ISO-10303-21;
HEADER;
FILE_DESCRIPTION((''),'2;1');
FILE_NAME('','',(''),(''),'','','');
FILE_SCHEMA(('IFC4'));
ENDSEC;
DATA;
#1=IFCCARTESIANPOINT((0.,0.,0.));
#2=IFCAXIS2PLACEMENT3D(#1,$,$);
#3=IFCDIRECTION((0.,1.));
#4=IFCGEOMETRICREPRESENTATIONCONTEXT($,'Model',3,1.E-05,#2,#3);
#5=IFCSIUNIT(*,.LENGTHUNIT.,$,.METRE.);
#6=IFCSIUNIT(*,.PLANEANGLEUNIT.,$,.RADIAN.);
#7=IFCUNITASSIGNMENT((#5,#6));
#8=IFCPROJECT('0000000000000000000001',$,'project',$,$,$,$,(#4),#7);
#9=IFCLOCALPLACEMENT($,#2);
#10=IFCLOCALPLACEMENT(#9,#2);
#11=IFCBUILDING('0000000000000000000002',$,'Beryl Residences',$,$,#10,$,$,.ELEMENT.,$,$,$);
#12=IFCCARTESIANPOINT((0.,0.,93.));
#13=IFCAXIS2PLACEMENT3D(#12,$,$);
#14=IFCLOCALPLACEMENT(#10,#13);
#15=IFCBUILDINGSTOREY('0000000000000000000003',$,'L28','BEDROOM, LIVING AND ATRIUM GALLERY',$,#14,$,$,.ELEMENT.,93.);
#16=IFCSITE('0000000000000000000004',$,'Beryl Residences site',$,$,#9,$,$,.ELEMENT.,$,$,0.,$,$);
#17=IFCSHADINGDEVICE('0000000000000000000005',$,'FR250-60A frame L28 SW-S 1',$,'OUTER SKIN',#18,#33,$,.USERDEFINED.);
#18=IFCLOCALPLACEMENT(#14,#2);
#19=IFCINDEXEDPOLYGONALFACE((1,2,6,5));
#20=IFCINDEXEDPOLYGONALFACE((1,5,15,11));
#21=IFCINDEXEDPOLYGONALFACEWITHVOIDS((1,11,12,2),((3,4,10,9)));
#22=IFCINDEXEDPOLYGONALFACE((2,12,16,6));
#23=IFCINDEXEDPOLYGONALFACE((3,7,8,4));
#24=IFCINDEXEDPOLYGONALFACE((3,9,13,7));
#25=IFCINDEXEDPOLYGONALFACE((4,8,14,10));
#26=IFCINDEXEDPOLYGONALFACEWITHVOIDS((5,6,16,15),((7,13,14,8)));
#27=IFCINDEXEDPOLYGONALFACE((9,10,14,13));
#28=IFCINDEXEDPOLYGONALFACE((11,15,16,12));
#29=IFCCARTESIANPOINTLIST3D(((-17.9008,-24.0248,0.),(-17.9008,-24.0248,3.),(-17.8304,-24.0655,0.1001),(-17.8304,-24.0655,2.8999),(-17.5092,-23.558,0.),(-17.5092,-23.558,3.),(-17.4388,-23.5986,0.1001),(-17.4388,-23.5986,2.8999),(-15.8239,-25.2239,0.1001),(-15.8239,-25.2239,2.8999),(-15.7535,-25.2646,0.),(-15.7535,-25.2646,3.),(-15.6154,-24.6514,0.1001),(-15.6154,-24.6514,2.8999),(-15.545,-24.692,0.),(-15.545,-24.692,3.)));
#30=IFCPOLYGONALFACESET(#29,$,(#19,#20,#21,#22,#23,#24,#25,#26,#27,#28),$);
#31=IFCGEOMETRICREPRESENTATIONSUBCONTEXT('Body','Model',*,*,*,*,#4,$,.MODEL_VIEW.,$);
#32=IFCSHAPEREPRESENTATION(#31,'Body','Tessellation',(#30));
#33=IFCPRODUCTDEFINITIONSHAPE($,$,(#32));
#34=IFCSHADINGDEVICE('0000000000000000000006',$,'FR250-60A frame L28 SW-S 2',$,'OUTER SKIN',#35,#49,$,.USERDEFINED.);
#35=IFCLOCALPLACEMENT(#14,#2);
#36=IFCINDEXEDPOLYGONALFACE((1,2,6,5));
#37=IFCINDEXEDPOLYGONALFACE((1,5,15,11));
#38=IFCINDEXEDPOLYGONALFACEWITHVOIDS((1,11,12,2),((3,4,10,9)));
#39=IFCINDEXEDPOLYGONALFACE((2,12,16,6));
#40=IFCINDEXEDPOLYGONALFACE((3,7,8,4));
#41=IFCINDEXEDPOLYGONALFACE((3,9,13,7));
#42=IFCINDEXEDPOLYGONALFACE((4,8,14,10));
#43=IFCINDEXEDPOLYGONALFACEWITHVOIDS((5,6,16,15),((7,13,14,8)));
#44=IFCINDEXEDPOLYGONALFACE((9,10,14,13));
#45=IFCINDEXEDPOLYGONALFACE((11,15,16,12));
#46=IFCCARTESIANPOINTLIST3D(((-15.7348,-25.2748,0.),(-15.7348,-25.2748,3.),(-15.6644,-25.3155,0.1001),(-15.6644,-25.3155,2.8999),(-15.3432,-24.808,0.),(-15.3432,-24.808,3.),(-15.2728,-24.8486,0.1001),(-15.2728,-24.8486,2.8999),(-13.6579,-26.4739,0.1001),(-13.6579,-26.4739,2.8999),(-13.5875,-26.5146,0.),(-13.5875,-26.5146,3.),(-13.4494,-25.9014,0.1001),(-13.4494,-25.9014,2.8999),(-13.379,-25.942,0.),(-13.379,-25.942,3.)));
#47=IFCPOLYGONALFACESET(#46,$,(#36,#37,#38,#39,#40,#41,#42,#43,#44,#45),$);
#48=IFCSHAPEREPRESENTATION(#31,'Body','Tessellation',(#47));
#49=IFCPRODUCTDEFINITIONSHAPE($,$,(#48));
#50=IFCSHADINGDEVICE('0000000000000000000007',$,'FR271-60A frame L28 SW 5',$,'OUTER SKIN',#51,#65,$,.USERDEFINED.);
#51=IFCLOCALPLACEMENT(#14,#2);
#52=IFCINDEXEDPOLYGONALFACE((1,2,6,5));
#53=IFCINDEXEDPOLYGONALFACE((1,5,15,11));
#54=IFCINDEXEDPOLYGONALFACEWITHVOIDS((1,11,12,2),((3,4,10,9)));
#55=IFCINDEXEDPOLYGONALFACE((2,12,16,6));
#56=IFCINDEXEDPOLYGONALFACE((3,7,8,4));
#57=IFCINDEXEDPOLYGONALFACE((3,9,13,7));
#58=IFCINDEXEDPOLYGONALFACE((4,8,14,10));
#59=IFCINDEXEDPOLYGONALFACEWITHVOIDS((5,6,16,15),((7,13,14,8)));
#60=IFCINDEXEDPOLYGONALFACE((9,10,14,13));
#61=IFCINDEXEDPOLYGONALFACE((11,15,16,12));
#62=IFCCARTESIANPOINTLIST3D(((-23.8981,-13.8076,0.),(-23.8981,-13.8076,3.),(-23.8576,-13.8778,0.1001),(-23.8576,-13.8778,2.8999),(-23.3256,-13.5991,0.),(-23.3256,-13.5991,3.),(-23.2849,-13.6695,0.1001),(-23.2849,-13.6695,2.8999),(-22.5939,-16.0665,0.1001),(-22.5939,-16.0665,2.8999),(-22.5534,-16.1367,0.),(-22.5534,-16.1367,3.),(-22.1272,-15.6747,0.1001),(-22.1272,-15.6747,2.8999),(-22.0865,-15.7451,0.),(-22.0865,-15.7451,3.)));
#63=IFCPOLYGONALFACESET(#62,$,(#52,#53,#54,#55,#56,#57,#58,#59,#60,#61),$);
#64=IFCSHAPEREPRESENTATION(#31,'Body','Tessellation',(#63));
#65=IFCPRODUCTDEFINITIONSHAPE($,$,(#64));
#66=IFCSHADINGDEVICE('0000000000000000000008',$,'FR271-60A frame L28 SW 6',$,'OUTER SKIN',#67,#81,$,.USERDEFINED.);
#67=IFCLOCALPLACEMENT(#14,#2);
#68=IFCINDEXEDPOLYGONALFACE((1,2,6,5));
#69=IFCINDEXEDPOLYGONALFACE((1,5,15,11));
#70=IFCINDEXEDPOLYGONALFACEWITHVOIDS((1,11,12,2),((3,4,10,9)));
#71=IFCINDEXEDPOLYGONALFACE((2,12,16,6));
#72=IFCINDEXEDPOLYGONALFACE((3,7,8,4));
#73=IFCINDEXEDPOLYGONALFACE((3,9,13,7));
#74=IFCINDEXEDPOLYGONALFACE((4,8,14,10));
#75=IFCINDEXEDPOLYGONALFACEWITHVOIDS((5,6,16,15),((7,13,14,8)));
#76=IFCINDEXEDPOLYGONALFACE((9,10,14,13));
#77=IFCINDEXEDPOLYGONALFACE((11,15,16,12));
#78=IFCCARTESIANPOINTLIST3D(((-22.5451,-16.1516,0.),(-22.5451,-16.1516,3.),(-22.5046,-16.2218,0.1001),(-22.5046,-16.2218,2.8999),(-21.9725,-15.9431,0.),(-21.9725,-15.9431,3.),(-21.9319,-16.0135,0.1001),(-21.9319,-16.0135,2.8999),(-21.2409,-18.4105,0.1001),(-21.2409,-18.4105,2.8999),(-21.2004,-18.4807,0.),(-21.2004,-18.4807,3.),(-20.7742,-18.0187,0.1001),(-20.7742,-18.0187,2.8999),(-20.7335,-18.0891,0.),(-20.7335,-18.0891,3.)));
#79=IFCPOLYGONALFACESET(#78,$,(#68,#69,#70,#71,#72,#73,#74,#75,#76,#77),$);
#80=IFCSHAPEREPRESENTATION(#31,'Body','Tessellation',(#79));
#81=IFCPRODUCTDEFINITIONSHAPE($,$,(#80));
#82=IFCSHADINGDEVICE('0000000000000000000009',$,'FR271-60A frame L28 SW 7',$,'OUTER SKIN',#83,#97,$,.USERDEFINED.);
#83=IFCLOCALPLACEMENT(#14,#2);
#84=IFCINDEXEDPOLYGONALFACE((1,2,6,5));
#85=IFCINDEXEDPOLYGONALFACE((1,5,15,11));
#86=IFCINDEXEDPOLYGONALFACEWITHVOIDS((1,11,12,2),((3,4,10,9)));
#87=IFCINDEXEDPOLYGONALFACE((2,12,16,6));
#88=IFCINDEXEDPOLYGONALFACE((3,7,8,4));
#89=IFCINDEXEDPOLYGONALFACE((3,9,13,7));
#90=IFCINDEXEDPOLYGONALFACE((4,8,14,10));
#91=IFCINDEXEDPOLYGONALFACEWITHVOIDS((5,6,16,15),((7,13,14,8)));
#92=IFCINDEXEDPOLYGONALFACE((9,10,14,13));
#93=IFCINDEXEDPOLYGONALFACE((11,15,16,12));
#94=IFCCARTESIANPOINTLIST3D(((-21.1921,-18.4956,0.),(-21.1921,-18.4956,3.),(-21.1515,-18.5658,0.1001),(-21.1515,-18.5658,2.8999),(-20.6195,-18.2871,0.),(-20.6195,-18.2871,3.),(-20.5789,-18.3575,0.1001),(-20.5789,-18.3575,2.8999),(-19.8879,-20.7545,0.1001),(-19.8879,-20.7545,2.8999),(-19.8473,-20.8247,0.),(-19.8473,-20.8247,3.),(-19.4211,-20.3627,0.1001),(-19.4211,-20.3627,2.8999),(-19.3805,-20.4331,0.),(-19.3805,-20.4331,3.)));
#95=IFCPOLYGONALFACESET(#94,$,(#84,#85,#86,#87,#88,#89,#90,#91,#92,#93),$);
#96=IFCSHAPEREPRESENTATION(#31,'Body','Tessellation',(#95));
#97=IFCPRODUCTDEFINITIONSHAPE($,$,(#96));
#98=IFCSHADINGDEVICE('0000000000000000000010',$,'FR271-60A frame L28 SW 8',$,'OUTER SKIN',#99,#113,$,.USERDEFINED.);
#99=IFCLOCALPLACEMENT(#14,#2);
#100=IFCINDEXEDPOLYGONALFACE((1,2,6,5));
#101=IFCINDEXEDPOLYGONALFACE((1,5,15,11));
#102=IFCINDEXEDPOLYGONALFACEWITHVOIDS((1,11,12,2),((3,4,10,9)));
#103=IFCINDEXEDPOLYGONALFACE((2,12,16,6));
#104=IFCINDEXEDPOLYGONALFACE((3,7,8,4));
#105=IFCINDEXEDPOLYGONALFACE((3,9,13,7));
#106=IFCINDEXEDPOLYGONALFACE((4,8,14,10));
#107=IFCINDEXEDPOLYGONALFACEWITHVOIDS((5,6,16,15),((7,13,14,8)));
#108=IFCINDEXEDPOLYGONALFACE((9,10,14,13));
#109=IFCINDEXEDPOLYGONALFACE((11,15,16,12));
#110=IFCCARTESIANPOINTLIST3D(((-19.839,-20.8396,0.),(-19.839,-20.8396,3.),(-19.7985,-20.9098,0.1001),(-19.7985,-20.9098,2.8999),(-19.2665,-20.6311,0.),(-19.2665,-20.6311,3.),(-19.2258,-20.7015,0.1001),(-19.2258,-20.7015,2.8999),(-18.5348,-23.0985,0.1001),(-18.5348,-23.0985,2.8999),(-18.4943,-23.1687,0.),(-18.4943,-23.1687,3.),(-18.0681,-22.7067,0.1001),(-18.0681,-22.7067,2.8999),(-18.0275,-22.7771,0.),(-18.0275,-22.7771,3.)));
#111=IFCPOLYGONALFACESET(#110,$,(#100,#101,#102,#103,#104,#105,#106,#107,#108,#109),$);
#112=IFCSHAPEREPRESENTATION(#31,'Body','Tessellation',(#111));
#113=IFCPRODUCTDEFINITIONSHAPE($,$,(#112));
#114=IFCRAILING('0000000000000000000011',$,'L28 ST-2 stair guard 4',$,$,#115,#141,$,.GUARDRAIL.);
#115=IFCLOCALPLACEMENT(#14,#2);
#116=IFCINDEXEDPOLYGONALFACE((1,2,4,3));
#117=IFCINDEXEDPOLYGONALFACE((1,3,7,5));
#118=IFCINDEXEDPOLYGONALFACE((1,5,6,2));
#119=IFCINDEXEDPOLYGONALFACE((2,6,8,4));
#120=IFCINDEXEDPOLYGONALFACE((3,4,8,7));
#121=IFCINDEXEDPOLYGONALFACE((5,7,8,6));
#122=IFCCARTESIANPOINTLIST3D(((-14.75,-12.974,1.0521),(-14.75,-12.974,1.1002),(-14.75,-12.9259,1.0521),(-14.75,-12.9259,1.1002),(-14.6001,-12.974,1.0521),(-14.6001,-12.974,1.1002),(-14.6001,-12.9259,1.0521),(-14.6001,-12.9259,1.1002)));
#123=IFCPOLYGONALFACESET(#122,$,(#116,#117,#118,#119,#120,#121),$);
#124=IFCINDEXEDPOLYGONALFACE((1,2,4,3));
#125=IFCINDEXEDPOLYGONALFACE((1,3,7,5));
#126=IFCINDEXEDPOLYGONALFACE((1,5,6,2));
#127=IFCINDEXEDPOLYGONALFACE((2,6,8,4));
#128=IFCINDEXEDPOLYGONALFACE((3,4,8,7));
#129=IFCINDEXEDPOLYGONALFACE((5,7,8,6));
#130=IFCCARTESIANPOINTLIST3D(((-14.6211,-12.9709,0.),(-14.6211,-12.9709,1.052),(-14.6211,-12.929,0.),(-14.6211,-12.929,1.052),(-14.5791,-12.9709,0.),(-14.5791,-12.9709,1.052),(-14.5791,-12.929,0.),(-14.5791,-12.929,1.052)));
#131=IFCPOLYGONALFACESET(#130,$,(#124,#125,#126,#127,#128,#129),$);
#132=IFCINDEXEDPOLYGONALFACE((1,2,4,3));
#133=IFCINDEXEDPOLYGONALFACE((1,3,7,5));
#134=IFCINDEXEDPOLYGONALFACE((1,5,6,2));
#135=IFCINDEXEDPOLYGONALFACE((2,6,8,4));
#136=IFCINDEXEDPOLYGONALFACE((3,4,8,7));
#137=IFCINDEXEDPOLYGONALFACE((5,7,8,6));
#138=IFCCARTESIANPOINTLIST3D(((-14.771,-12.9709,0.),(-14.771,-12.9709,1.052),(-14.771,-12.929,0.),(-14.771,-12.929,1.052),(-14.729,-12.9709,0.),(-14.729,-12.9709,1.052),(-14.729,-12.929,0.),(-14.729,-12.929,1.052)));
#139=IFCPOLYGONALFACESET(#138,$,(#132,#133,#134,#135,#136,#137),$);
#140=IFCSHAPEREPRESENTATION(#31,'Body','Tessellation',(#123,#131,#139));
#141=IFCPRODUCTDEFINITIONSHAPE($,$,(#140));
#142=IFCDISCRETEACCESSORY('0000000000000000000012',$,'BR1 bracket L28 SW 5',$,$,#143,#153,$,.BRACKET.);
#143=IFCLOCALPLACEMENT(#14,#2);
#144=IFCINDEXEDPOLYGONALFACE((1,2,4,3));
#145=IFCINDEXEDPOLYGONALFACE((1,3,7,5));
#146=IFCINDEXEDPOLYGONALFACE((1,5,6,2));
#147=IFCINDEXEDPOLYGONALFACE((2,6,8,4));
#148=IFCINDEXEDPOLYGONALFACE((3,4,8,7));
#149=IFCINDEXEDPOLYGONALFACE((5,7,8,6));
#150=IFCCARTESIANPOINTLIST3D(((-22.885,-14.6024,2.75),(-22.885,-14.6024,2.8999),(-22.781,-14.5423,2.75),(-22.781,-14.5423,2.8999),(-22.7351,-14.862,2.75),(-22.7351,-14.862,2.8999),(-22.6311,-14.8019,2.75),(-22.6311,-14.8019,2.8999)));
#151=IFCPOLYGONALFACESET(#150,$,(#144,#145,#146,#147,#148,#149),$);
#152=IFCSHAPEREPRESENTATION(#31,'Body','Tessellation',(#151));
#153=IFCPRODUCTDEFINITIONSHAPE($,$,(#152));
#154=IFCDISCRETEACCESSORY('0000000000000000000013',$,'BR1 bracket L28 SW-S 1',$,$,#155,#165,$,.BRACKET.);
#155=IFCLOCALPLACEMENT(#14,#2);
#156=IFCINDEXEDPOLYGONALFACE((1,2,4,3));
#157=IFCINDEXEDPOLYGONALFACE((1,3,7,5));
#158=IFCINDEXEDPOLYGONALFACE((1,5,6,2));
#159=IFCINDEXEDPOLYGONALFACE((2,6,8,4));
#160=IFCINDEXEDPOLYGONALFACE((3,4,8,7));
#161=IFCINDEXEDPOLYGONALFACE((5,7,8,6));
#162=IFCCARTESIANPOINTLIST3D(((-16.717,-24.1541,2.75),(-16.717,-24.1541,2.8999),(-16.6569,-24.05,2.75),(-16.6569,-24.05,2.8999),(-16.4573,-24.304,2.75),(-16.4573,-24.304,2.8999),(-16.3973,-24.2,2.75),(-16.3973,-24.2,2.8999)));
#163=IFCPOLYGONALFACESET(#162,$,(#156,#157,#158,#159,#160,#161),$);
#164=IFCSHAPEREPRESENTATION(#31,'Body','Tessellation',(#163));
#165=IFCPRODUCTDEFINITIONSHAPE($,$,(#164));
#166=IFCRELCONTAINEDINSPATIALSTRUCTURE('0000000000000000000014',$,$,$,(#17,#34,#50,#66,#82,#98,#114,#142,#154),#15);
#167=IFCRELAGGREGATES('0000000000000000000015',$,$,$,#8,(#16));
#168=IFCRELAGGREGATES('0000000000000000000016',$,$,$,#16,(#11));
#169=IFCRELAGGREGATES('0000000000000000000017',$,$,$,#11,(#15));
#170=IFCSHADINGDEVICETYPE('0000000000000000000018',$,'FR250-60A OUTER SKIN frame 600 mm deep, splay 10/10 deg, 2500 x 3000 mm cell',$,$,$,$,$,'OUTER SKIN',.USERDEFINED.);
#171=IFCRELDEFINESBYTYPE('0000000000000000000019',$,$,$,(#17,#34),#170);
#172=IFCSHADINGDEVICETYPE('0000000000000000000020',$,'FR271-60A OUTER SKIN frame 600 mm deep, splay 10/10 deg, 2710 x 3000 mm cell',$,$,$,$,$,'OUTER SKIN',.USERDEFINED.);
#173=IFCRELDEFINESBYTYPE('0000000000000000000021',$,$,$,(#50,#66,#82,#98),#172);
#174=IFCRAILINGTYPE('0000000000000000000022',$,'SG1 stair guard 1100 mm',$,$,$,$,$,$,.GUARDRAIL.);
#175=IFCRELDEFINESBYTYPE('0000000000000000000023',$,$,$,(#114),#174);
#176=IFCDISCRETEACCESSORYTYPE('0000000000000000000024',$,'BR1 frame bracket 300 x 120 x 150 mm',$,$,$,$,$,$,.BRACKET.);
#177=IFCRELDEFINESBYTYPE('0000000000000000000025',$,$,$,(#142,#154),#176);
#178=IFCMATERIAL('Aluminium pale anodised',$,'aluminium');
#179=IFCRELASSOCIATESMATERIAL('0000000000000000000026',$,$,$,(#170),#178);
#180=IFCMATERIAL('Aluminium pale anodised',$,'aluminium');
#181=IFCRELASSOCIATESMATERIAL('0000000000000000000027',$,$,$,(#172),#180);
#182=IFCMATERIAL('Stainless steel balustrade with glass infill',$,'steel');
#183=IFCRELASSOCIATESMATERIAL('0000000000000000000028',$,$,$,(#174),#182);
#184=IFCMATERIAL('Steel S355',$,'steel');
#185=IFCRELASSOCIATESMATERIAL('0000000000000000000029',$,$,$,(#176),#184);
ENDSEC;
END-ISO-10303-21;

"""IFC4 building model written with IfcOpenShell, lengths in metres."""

from ifc_helpers import new_model, entity, si_unit, direction, frame, origin, origin_2d, place, context, subcontext, project, spatial, polyline, rectangle, outline, extrude, source, transform, mapped, material, type_object, type_shapes, element, save


model = new_model("IFC4")

# Units and contexts
model_context = context("Model", 3, precision=1e-05, world=origin(), true_north=direction((0.0, 1.0)))
body_context = subcontext(model_context, "Body", "Model", "MODEL_VIEW")
ifc_project = project(units=[si_unit("LENGTHUNIT", "METRE"), si_unit("PLANEANGLEUNIT", "RADIAN")], contexts=[model_context])

# Site, building, storey
site_placement = place(None, origin())
site = spatial("IfcSite", under=ifc_project, at=site_placement, Name="Beryl Residences site", CompositionType="ELEMENT", RefElevation=0.0)
building_placement = place(site_placement, origin())
building = spatial("IfcBuilding", under=site, at=building_placement, Name="Beryl Residences", CompositionType="ELEMENT")
storey_placement = place(building_placement, frame((0.0, 0.0, 93.0)))
storey = spatial("IfcBuildingStorey", under=building, at=storey_placement, Name="L28", Description="BEDROOM, LIVING AND ATRIUM GALLERY", CompositionType="ELEMENT", Elevation=93.0)

# Shading devices
ifc_material_1 = material(Name="Aluminium pale anodised", Category="aluminium")
shading_device_type_1 = type_object("IfcShadingDeviceType", Name="FR250-60A OUTER SKIN frame 600 mm deep, splay 10/10 deg, 2500 x 3000 mm cell", ElementType="OUTER SKIN", PredefinedType="USERDEFINED", material=ifc_material_1)
cartesian_point_1 = entity("IfcCartesianPoint", [-1.134, 0.0])
cartesian_point_2 = entity("IfcCartesianPoint", [-1.0527, 0.1001])
cartesian_point_3 = entity("IfcCartesianPoint", [-1.2397, 0.0])
cartesian_point_4 = entity("IfcCartesianPoint", [-1.1584, 0.1001])
shared_shape_1 = source(origin(), body_context, "Body", "SweptSolid", [
    entity("IfcExtrudedAreaSolidTapered", entity("IfcArbitraryProfileDefWithVoids", "AREA", None, entity("IfcPolyline", [cartesian_point_1, entity("IfcCartesianPoint", [1.134, 0.0]), entity("IfcCartesianPoint", [1.134, 3.0]), entity("IfcCartesianPoint", [-1.134, 3.0]), cartesian_point_1]), [entity("IfcPolyline", [cartesian_point_2, entity("IfcCartesianPoint", [1.0527, 0.1001]), entity("IfcCartesianPoint", [1.0527, 2.8999]), entity("IfcCartesianPoint", [-1.0527, 2.8999]), cartesian_point_2])]), entity("IfcAxis2Placement3D", entity("IfcCartesianPoint", [0.0, 0.0, 0.0]), entity("IfcDirection", [0.0, 1.0, 0.0]), entity("IfcDirection", [-1.0, 0.0, 0.0])), entity("IfcDirection", [0.0, 0.0, 1.0]), 0.6001, entity("IfcArbitraryProfileDefWithVoids", "AREA", None, entity("IfcPolyline", [cartesian_point_3, entity("IfcCartesianPoint", [1.2397, 0.0]), entity("IfcCartesianPoint", [1.2397, 3.0]), entity("IfcCartesianPoint", [-1.2397, 3.0]), cartesian_point_3]), [entity("IfcPolyline", [cartesian_point_4, entity("IfcCartesianPoint", [1.1584, 0.1001]), entity("IfcCartesianPoint", [1.1584, 2.8999]), entity("IfcCartesianPoint", [-1.1584, 2.8999]), cartesian_point_4])])),
])
type_shapes(shading_device_type_1, [shared_shape_1])
for number, where, z_axis, x_axis, name in (
    (1, (-16.5271, -24.125, 0.0), (0.0, 0.0, 1.0), (-0.866025, 0.5, 0.0), "FR250-60A frame L28 SW-S 1"),
    (2, (-14.3611, -25.375, 0.0), (0.0, 0.0, 1.0), (-0.866025, 0.5, 0.0), "FR250-60A frame L28 SW-S 2"),
):
    element("IfcShadingDevice", number, at=place(storey_placement, frame(where, z_axis=z_axis, x_axis=x_axis)), inside=storey, type_object=shading_device_type_1, Name=name, ObjectType="OUTER SKIN", PredefinedType="USERDEFINED", context=body_context, shape_type="MappedRepresentation", body=[
        mapped(shared_shape_1, transform((0.0, 0.0, 0.0))),
    ])
ifc_material_2 = material(Name="Aluminium pale anodised", Category="aluminium")
shading_device_type_2 = type_object("IfcShadingDeviceType", Name="FR271-60A OUTER SKIN frame 600 mm deep, splay 10/10 deg, 2710 x 3000 mm cell", ElementType="OUTER SKIN", PredefinedType="USERDEFINED", material=ifc_material_2)
cartesian_point_5 = entity("IfcCartesianPoint", [-1.239, 0.0])
cartesian_point_6 = entity("IfcCartesianPoint", [-1.1577, 0.1001])
cartesian_point_7 = entity("IfcCartesianPoint", [-1.3447, 0.0])
cartesian_point_8 = entity("IfcCartesianPoint", [-1.2637, 0.1001])
shared_shape_2 = source(origin(), body_context, "Body", "SweptSolid", [
    entity("IfcExtrudedAreaSolidTapered", entity("IfcArbitraryProfileDefWithVoids", "AREA", None, entity("IfcPolyline", [cartesian_point_5, entity("IfcCartesianPoint", [1.239, 0.0]), entity("IfcCartesianPoint", [1.239, 3.0]), entity("IfcCartesianPoint", [-1.239, 3.0]), cartesian_point_5]), [entity("IfcPolyline", [cartesian_point_6, entity("IfcCartesianPoint", [1.1577, 0.1001]), entity("IfcCartesianPoint", [1.1577, 2.8999]), entity("IfcCartesianPoint", [-1.1577, 2.8999]), cartesian_point_6])]), entity("IfcAxis2Placement3D", entity("IfcCartesianPoint", [0.0, 0.0, 0.0]), entity("IfcDirection", [0.0, 1.0, 0.0]), entity("IfcDirection", [-1.0, 0.0, 0.0])), entity("IfcDirection", [0.0, 0.0, 1.0]), 0.6001, entity("IfcArbitraryProfileDefWithVoids", "AREA", None, entity("IfcPolyline", [cartesian_point_7, entity("IfcCartesianPoint", [1.3447, 0.0]), entity("IfcCartesianPoint", [1.3447, 3.0]), entity("IfcCartesianPoint", [-1.3447, 3.0]), cartesian_point_7]), [entity("IfcPolyline", [cartesian_point_8, entity("IfcCartesianPoint", [1.2637, 0.1001]), entity("IfcCartesianPoint", [1.2637, 2.8999]), entity("IfcCartesianPoint", [-1.2637, 2.8999]), cartesian_point_8])])),
])
type_shapes(shading_device_type_2, [shared_shape_2])
for number, where, z_axis, x_axis, name in (
    (3, (-22.7061, -14.6721, 0.0), (0.0, 0.0, 1.0), (-0.5, 0.866025, 0.0), "FR271-60A frame L28 SW 5"),
    (4, (-21.353, -17.0161, 0.0), (0.0, 0.0, 1.0), (-0.5, 0.866025, 0.0), "FR271-60A frame L28 SW 6"),
    (5, (-20.0, -19.3601, 0.0), (0.0, 0.0, 1.0), (-0.5, 0.866025, 0.0), "FR271-60A frame L28 SW 7"),
    (6, (-18.647, -21.7041, 0.0), (0.0, 0.0, 1.0), (-0.5, 0.866025, 0.0), "FR271-60A frame L28 SW 8"),
):
    element("IfcShadingDevice", number, at=place(storey_placement, frame(where, z_axis=z_axis, x_axis=x_axis)), inside=storey, type_object=shading_device_type_2, Name=name, ObjectType="OUTER SKIN", PredefinedType="USERDEFINED", context=body_context, shape_type="MappedRepresentation", body=[
        mapped(shared_shape_2, transform((0.0, 0.0, 0.0))),
    ])

# Railing
ifc_material_3 = material(Name="Stainless steel balustrade with glass infill", Category="steel")
railing_type = type_object("IfcRailingType", Name="SG1 stair guard 1100 mm", PredefinedType="GUARDRAIL", material=ifc_material_3)
railing_placement = place(storey_placement, frame((-14.6001, -12.95, 0.0)))
element("IfcRailing", 7, at=railing_placement, inside=storey, type_object=railing_type, Name="L28 ST-2 stair guard 4", PredefinedType="GUARDRAIL", context=body_context, shape_type="SweptSolid", body=[
    extrude(rectangle(XDim=0.0481, YDim=0.0481, at=origin_2d()), frame((0.0, 0.0, 1.0762), z_axis=(-1.0, 0.0, 0.0), x_axis=(0.0, -1.0, 0.0)), (0.0, 0.0, 1.0), 0.1499),
    extrude(rectangle(XDim=0.042, YDim=0.042, at=origin_2d()), origin(), (0.0, 0.0, 1.0), 1.052),
    extrude(rectangle(XDim=0.042, YDim=0.042, at=origin_2d()), frame((-0.1499, 0.0, 0.0)), (0.0, 0.0, 1.0), 1.052),
])

# Discrete accessories
ifc_material_4 = material(Name="Steel S355", Category="steel")
discrete_accessory_type = type_object("IfcDiscreteAccessoryType", Name="BR1 frame bracket 300 x 120 x 150 mm", PredefinedType="BRACKET", material=ifc_material_4)
shared_shape_3 = source(origin(), body_context, "Body", "SweptSolid", [
    extrude(outline(polyline([(-0.1499, 0.0), (0.1499, 0.0), (0.1499, 0.1201), (-0.1499, 0.1201), (-0.1499, 0.0)])), origin(), (0.0, 0.0, 1.0), 0.1499),
])
type_shapes(discrete_accessory_type, [shared_shape_3])
for number, where, z_axis, x_axis, name in (
    (8, (-22.7061, -14.6721, 2.75), (0.0, 0.0, 1.0), (-0.5, 0.866025, 0.0), "BR1 bracket L28 SW 5"),
    (9, (-16.5271, -24.125, 2.75), (0.0, 0.0, 1.0), (-0.866025, 0.5, 0.0), "BR1 bracket L28 SW-S 1"),
):
    element("IfcDiscreteAccessory", number, at=place(storey_placement, frame(where, z_axis=z_axis, x_axis=x_axis)), inside=storey, type_object=discrete_accessory_type, Name=name, PredefinedType="BRACKET", context=body_context, shape_type="MappedRepresentation", body=[
        mapped(shared_shape_3, transform((0.0, 0.0, 0.0))),
    ])

save(model, "model.ifc")
